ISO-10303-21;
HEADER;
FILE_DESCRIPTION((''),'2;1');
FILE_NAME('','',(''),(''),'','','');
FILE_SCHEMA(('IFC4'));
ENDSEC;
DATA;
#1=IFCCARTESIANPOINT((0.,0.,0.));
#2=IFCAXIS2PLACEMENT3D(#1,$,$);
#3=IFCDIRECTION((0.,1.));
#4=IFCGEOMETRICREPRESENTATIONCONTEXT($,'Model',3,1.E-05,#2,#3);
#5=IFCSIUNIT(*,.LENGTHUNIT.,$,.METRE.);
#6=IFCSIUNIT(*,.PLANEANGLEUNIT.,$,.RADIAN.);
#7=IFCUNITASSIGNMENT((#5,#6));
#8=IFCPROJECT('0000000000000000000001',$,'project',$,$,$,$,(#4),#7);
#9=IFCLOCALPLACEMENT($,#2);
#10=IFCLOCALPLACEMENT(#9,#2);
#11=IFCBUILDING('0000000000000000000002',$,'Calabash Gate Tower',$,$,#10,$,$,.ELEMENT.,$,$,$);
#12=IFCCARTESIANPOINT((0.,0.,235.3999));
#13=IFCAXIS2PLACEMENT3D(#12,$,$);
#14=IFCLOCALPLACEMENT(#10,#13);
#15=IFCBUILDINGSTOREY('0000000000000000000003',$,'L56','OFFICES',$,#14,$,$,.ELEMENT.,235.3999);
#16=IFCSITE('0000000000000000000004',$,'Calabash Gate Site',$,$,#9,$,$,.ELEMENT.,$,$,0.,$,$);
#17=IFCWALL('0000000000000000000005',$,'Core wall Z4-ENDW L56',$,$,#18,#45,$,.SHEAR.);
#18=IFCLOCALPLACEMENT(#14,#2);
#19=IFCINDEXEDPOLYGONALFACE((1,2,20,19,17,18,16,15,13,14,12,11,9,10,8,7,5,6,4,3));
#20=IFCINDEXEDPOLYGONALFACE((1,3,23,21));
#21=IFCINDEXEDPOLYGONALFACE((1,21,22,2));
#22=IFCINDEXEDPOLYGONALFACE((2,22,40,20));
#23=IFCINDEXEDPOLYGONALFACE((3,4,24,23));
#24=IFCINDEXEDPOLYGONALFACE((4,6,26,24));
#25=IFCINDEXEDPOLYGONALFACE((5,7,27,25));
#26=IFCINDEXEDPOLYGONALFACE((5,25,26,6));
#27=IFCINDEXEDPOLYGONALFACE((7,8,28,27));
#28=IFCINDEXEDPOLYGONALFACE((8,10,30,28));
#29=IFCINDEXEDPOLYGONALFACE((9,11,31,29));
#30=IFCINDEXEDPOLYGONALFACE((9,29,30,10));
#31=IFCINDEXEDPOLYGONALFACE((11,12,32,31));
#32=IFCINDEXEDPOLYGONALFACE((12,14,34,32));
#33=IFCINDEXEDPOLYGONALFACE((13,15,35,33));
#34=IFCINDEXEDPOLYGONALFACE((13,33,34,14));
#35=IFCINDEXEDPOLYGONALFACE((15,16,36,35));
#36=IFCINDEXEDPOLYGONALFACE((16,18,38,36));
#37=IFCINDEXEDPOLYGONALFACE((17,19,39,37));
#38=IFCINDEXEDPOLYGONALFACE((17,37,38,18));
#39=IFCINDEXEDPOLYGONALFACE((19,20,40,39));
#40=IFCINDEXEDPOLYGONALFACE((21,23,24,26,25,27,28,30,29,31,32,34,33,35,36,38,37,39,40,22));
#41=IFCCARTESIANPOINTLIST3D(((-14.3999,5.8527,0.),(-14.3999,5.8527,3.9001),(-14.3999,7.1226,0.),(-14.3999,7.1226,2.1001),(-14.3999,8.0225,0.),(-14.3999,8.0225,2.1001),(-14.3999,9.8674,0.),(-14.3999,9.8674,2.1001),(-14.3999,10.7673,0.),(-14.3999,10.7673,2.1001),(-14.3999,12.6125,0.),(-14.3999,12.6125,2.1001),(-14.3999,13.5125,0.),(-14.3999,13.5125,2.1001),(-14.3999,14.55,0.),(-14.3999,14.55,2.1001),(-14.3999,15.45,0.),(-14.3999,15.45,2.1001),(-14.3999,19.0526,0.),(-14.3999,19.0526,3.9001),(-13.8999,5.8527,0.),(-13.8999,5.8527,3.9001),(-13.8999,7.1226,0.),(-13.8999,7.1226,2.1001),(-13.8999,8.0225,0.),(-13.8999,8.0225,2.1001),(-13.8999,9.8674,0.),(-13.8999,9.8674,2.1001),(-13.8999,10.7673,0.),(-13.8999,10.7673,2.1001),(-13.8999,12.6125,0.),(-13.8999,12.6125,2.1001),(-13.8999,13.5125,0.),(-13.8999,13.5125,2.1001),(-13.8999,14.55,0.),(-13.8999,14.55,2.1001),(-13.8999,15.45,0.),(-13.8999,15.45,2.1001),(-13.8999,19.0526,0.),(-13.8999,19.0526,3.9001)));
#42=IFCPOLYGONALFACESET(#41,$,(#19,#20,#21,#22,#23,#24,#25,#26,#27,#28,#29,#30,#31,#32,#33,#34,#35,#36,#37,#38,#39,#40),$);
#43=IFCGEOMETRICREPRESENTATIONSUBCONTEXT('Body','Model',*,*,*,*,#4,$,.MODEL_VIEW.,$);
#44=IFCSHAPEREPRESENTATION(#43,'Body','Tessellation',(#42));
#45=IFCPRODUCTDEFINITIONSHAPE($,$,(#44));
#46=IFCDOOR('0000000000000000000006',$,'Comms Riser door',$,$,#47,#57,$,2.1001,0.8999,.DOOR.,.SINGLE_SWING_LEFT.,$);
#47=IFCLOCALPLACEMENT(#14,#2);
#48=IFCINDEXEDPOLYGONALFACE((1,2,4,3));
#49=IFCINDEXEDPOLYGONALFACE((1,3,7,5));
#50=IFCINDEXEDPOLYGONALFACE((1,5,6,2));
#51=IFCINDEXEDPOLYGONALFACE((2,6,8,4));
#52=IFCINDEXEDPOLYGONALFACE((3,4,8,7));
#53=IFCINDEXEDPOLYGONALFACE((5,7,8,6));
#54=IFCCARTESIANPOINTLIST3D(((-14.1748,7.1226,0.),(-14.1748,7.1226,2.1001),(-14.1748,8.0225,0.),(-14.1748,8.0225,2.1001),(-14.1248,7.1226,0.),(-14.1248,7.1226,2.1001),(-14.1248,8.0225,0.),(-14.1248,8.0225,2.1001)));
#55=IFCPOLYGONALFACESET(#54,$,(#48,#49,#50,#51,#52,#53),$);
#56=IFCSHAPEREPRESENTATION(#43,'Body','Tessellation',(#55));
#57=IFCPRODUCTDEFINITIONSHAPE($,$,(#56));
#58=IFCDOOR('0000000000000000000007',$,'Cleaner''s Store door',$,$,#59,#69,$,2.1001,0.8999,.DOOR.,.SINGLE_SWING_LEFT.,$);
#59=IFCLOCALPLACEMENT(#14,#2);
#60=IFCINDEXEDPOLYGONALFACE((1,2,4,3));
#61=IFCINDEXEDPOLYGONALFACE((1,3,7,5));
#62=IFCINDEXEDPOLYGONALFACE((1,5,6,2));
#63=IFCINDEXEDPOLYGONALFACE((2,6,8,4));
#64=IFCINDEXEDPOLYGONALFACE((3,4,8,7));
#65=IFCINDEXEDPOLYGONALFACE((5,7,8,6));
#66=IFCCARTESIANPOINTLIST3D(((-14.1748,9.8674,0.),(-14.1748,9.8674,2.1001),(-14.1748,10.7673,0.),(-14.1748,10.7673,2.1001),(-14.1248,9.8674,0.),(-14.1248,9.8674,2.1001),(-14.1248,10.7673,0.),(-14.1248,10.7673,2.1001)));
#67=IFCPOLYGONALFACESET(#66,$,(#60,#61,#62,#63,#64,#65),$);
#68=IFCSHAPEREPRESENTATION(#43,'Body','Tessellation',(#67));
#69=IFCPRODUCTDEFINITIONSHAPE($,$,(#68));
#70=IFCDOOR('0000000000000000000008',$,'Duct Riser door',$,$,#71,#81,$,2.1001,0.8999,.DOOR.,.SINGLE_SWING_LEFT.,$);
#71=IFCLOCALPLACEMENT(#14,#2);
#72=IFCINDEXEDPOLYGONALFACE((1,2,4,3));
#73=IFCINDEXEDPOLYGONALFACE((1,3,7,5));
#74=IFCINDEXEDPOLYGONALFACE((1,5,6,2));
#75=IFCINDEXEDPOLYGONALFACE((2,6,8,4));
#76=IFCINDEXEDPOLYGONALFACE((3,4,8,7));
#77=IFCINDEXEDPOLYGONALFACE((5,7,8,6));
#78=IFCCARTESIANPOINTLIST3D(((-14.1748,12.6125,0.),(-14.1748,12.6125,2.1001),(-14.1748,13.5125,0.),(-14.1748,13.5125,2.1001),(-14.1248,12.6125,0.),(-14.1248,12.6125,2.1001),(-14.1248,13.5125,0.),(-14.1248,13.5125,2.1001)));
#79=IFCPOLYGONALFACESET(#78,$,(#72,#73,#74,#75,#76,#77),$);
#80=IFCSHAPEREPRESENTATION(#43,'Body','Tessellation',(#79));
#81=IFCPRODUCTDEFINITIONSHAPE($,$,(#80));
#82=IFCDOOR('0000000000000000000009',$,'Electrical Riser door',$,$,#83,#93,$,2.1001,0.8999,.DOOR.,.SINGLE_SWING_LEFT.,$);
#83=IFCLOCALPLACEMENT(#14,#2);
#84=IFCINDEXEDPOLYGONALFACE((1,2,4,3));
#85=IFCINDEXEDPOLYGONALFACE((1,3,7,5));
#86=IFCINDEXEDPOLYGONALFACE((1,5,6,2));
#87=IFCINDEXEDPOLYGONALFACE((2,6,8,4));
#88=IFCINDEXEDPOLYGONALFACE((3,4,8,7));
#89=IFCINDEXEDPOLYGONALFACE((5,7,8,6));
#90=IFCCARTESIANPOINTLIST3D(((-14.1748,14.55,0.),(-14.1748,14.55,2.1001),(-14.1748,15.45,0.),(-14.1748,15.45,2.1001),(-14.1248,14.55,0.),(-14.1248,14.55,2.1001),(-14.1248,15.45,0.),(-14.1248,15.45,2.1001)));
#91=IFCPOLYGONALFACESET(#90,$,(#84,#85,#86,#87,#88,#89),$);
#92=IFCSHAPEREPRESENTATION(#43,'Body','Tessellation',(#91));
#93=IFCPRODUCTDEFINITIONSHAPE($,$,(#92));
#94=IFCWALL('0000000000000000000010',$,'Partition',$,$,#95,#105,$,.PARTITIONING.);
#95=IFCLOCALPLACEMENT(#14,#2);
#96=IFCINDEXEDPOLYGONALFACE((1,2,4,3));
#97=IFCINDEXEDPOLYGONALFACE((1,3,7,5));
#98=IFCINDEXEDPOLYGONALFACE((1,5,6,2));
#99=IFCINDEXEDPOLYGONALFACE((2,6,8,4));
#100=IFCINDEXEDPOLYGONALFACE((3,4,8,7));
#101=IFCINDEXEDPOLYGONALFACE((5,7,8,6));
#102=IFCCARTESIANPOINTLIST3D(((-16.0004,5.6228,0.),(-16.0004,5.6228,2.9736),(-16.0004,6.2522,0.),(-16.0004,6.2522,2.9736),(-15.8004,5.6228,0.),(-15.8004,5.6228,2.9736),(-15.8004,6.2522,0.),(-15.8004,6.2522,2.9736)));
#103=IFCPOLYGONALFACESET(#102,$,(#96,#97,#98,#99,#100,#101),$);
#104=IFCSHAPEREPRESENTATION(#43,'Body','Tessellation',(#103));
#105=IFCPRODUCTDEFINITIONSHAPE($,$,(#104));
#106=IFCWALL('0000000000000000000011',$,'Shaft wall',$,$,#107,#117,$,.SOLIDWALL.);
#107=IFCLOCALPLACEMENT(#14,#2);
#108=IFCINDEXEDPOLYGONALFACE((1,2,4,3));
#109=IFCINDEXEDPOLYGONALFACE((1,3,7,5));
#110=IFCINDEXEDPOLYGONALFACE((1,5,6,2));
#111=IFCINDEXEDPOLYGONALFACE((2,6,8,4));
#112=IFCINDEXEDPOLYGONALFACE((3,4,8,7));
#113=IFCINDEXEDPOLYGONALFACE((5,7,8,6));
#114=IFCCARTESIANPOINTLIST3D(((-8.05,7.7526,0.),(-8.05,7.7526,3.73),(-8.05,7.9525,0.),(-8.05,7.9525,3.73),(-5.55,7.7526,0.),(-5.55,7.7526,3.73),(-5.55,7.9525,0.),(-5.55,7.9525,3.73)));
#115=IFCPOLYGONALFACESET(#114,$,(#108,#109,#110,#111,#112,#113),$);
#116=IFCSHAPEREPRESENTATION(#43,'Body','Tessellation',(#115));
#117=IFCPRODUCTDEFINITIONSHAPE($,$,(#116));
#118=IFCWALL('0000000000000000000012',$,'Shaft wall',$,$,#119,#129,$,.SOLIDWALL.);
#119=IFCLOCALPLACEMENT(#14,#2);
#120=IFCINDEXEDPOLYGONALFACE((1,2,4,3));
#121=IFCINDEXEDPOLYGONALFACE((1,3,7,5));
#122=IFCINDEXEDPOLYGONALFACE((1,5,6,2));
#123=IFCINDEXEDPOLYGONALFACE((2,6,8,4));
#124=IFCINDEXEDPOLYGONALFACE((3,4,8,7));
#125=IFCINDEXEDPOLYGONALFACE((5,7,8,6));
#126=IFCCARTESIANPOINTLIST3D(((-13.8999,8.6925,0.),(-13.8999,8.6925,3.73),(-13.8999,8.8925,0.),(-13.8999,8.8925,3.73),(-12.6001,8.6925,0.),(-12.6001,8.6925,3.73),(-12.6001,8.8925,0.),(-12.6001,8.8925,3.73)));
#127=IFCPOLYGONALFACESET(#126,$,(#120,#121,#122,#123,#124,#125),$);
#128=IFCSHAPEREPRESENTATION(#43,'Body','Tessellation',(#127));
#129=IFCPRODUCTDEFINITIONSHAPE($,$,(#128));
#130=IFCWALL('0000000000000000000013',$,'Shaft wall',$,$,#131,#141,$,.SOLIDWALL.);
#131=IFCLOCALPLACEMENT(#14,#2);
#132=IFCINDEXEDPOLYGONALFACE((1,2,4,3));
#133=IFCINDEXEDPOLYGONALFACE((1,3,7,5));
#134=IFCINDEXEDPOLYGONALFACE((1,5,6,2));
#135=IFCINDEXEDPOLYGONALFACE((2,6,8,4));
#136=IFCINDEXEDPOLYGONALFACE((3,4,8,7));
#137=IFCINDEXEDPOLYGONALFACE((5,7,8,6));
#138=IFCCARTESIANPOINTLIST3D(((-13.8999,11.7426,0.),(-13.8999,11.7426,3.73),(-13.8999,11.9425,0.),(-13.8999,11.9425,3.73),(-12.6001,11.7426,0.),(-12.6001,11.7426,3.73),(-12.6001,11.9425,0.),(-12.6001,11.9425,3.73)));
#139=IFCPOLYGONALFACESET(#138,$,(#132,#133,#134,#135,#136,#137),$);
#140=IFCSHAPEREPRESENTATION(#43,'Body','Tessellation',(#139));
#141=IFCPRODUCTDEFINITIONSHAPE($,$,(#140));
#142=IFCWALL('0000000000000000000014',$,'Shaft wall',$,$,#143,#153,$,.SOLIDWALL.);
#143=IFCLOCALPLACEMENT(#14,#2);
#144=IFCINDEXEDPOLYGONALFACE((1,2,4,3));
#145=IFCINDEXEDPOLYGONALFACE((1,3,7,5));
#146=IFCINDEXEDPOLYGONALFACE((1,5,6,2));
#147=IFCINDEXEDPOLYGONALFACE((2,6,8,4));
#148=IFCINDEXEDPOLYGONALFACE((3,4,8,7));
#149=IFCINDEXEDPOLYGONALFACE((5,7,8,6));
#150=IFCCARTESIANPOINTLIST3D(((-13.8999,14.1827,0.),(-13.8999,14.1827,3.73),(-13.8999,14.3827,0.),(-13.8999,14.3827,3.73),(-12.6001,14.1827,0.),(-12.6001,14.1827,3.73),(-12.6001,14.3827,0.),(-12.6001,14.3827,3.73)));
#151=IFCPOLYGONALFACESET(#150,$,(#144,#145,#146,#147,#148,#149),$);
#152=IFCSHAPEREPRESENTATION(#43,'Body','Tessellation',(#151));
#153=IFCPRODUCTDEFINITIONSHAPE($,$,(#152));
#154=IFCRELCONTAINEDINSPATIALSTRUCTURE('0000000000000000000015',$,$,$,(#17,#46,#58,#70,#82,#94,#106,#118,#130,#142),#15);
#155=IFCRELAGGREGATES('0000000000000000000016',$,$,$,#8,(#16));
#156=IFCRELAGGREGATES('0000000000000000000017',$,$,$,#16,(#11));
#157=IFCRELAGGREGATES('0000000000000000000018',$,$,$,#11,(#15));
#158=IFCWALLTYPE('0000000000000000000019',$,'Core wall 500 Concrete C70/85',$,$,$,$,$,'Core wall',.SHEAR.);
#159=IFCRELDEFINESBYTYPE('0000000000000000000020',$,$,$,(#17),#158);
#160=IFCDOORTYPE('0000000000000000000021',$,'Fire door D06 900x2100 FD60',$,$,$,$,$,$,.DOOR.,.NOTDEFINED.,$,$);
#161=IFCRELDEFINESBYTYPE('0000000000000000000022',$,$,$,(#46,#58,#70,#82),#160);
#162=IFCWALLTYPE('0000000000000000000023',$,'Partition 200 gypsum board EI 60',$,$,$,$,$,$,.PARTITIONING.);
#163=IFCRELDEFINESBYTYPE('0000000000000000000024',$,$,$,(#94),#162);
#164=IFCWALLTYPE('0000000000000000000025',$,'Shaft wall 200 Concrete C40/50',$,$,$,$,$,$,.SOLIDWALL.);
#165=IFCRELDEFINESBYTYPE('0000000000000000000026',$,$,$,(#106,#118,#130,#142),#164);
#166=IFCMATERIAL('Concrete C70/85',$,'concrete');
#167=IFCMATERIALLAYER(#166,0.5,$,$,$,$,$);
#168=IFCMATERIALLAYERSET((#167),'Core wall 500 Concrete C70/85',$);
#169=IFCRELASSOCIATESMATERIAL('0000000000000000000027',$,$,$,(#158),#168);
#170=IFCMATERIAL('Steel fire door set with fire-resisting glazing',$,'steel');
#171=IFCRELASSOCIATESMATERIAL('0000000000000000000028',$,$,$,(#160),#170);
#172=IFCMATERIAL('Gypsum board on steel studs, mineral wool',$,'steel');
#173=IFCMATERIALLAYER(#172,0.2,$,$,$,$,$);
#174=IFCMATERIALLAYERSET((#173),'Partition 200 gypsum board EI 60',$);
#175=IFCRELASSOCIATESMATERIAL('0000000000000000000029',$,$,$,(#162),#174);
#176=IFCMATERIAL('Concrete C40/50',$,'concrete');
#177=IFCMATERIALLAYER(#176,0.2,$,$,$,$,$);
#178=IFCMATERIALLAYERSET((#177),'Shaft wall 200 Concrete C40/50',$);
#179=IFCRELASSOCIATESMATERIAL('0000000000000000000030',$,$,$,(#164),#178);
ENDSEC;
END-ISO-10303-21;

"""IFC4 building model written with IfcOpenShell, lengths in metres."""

from ifc_helpers import new_model, si_unit, direction, frame, frame_2d, origin, place, context, subcontext, project, spatial, rectangle, extrude, material, layer, layer_set, type_object, element, fill, save


model = new_model("IFC4")

# Units and contexts
model_context = context("Model", 3, precision=1e-05, world=origin(), true_north=direction((0.0, 1.0)))
body_context = subcontext(model_context, "Body", "Model", "MODEL_VIEW")
ifc_project = project(units=[si_unit("LENGTHUNIT", "METRE"), si_unit("PLANEANGLEUNIT", "RADIAN")], contexts=[model_context])

# Site, building, storey
site_placement = place(None, origin())
site = spatial("IfcSite", under=ifc_project, at=site_placement, Name="Calabash Gate Site", CompositionType="ELEMENT", RefElevation=0.0)
building_placement = place(site_placement, origin())
building = spatial("IfcBuilding", under=site, at=building_placement, Name="Calabash Gate Tower", CompositionType="ELEMENT")
storey_placement = place(building_placement, frame((0.0, 0.0, 235.3999)))
storey = spatial("IfcBuildingStorey", under=building, at=storey_placement, Name="L56", Description="OFFICES", CompositionType="ELEMENT", Elevation=235.3999)

# Shared definitions
ifc_material_1 = material(Name="Concrete C70/85", Category="concrete")
ifc_layer_1 = layer(ifc_material_1, 0.5)
ifc_layer_set_1 = layer_set([ifc_layer_1], Name="Core wall 500 Concrete C70/85")
wall_type_1 = type_object("IfcWallType", Name="Core wall 500 Concrete C70/85", ElementType="Core wall", PredefinedType="SHEAR", material=ifc_layer_set_1)

# Wall, openings, doors
wall_1_placement = place(storey_placement, frame((-14.1499, 5.8525, 0.0), z_axis=(0.0, 0.0, 1.0), x_axis=(0.0, 1.0, 0.0)))
wall_1 = element("IfcWall", 1, at=wall_1_placement, inside=storey, type_object=wall_type_1, Name="Core wall Z4-ENDW L56", PredefinedType="SHEAR", context=body_context, shape_type="SweptSolid", body=[
    extrude(rectangle(XDim=13.2, YDim=0.5, at=frame_2d((6.6001, 0.0))), origin(), (0.0, 0.0, 1.0), 3.9001),
])
opening_1_placement = place(wall_1_placement, frame((1.27, 0.0, 0.0)))
opening_1 = element("IfcOpeningElement", 2, at=opening_1_placement, cuts=wall_1, PredefinedType="OPENING", context=body_context, shape_type="SweptSolid", body=[
    extrude(rectangle(XDim=0.8999, YDim=2.1001, at=frame_2d((0.45, 1.05))), frame((0.0, 0.26, 0.0), z_axis=(0.0, -1.0, 0.0), x_axis=(1.0, 0.0, 0.0)), (0.0, 0.0, 1.0), 0.52),
])
opening_2_placement = place(wall_1_placement, frame((4.0149, 0.0, 0.0)))
opening_2 = element("IfcOpeningElement", 3, at=opening_2_placement, cuts=wall_1, PredefinedType="OPENING", context=body_context, shape_type="SweptSolid", body=[
    extrude(rectangle(XDim=0.8999, YDim=2.1001, at=frame_2d((0.45, 1.05))), frame((0.0, 0.26, 0.0), z_axis=(0.0, -1.0, 0.0), x_axis=(1.0, 0.0, 0.0)), (0.0, 0.0, 1.0), 0.52),
])
opening_3_placement = place(wall_1_placement, frame((6.76, 0.0, 0.0)))
opening_3 = element("IfcOpeningElement", 4, at=opening_3_placement, cuts=wall_1, PredefinedType="OPENING", context=body_context, shape_type="SweptSolid", body=[
    extrude(rectangle(XDim=0.8999, YDim=2.1001, at=frame_2d((0.45, 1.05))), frame((0.0, 0.26, 0.0), z_axis=(0.0, -1.0, 0.0), x_axis=(1.0, 0.0, 0.0)), (0.0, 0.0, 1.0), 0.52),
])
opening_4_placement = place(wall_1_placement, frame((8.6975, 0.0, 0.0)))
opening_4 = element("IfcOpeningElement", 5, at=opening_4_placement, cuts=wall_1, PredefinedType="OPENING", context=body_context, shape_type="SweptSolid", body=[
    extrude(rectangle(XDim=0.8999, YDim=2.1001, at=frame_2d((0.45, 1.05))), frame((0.0, 0.26, 0.0), z_axis=(0.0, -1.0, 0.0), x_axis=(1.0, 0.0, 0.0)), (0.0, 0.0, 1.0), 0.52),
])
ifc_material_2 = material(Name="Steel fire door set with fire-resisting glazing", Category="steel")
door_type_1 = type_object("IfcDoorType", Name="Fire door D06 900x2100 FD60", OperationType="NOTDEFINED", PredefinedType="DOOR", material=ifc_material_2)
door_1_placement = place(opening_1_placement, origin())
door_1 = element("IfcDoor", 6, at=door_1_placement, inside=storey, type_object=door_type_1, Name="Comms Riser door", OperationType="SINGLE_SWING_LEFT", OverallHeight=2.1001, OverallWidth=0.8999, PredefinedType="DOOR", context=body_context, shape_type="SweptSolid", body=[
    extrude(rectangle(XDim=0.8999, YDim=2.1001, at=frame_2d((0.45, 1.05))), frame((0.0, 0.0249, 0.0), z_axis=(0.0, -1.0, 0.0), x_axis=(1.0, 0.0, 0.0)), (0.0, 0.0, 1.0), 0.05),
])
fill(opening_1, door_1)
door_2_placement = place(opening_2_placement, origin())
door_2 = element("IfcDoor", 7, at=door_2_placement, inside=storey, type_object=door_type_1, Name="Cleaner's Store door", OperationType="SINGLE_SWING_LEFT", OverallHeight=2.1001, OverallWidth=0.8999, PredefinedType="DOOR", context=body_context, shape_type="SweptSolid", body=[
    extrude(rectangle(XDim=0.8999, YDim=2.1001, at=frame_2d((0.45, 1.05))), frame((0.0, 0.0249, 0.0), z_axis=(0.0, -1.0, 0.0), x_axis=(1.0, 0.0, 0.0)), (0.0, 0.0, 1.0), 0.05),
])
fill(opening_2, door_2)
door_3_placement = place(opening_3_placement, origin())
door_3 = element("IfcDoor", 8, at=door_3_placement, inside=storey, type_object=door_type_1, Name="Duct Riser door", OperationType="SINGLE_SWING_LEFT", OverallHeight=2.1001, OverallWidth=0.8999, PredefinedType="DOOR", context=body_context, shape_type="SweptSolid", body=[
    extrude(rectangle(XDim=0.8999, YDim=2.1001, at=frame_2d((0.45, 1.05))), frame((0.0, 0.0249, 0.0), z_axis=(0.0, -1.0, 0.0), x_axis=(1.0, 0.0, 0.0)), (0.0, 0.0, 1.0), 0.05),
])
fill(opening_3, door_3)
door_4_placement = place(opening_4_placement, origin())
door_4 = element("IfcDoor", 9, at=door_4_placement, inside=storey, type_object=door_type_1, Name="Electrical Riser door", OperationType="SINGLE_SWING_LEFT", OverallHeight=2.1001, OverallWidth=0.8999, PredefinedType="DOOR", context=body_context, shape_type="SweptSolid", body=[
    extrude(rectangle(XDim=0.8999, YDim=2.1001, at=frame_2d((0.45, 1.05))), frame((0.0, 0.0249, 0.0), z_axis=(0.0, -1.0, 0.0), x_axis=(1.0, 0.0, 0.0)), (0.0, 0.0, 1.0), 0.05),
])
fill(opening_4, door_4)

# Wall
ifc_material_3 = material(Name="Gypsum board on steel studs, mineral wool", Category="steel")
ifc_layer_2 = layer(ifc_material_3, 0.2)
ifc_layer_set_2 = layer_set([ifc_layer_2], Name="Partition 200 gypsum board EI 60")
wall_type_2 = type_object("IfcWallType", Name="Partition 200 gypsum board EI 60", PredefinedType="PARTITIONING", material=ifc_layer_set_2)
wall_2_placement = place(storey_placement, frame((-15.9004, 6.2522, 0.0), z_axis=(0.0, 0.0, 1.0), x_axis=(0.0, -1.0, 0.0)))
element("IfcWall", 10, at=wall_2_placement, inside=storey, type_object=wall_type_2, Name="Partition", PredefinedType="PARTITIONING", context=body_context, shape_type="SweptSolid", body=[
    extrude(rectangle(XDim=0.6294, YDim=0.2, at=frame_2d((0.3147, 0.0))), origin(), (0.0, 0.0, 1.0), 2.9736),
])

# Walls
ifc_material_4 = material(Name="Concrete C40/50", Category="concrete")
ifc_layer_3 = layer(ifc_material_4, 0.2)
ifc_layer_set_3 = layer_set([ifc_layer_3], Name="Shaft wall 200 Concrete C40/50")
wall_type_3 = type_object("IfcWallType", Name="Shaft wall 200 Concrete C40/50", PredefinedType="SOLIDWALL", material=ifc_layer_set_3)
wall_3_placement = place(storey_placement, frame((-8.05, 7.8525, 0.0), z_axis=(0.0, 0.0, 1.0), x_axis=(1.0, 0.0, 0.0)))
element("IfcWall", 11, at=wall_3_placement, inside=storey, type_object=wall_type_3, Name="Shaft wall", PredefinedType="SOLIDWALL", context=body_context, shape_type="SweptSolid", body=[
    extrude(rectangle(XDim=2.5, YDim=0.2, at=frame_2d((1.25, 0.0))), origin(), (0.0, 0.0, 1.0), 3.73),
])
for number, where, z_axis, x_axis, name in (
    (12, (-13.8999, 8.7925, 0.0), (0.0, 0.0, 1.0), (1.0, 0.0, 0.0), "Shaft wall"),
    (13, (-13.8999, 11.8425, 0.0), (0.0, 0.0, 1.0), (1.0, 0.0, 0.0), "Shaft wall"),
    (14, (-13.8999, 14.2827, 0.0), (0.0, 0.0, 1.0), (1.0, 0.0, 0.0), "Shaft wall"),
):
    element("IfcWall", number, at=place(storey_placement, frame(where, z_axis=z_axis, x_axis=x_axis)), inside=storey, type_object=wall_type_3, Name=name, PredefinedType="SOLIDWALL", context=body_context, shape_type="SweptSolid", body=[
        extrude(rectangle(XDim=1.2998, YDim=0.2, at=frame_2d((0.6499, 0.0))), origin(), (0.0, 0.0, 1.0), 3.73),
    ])

save(model, "model.ifc")
